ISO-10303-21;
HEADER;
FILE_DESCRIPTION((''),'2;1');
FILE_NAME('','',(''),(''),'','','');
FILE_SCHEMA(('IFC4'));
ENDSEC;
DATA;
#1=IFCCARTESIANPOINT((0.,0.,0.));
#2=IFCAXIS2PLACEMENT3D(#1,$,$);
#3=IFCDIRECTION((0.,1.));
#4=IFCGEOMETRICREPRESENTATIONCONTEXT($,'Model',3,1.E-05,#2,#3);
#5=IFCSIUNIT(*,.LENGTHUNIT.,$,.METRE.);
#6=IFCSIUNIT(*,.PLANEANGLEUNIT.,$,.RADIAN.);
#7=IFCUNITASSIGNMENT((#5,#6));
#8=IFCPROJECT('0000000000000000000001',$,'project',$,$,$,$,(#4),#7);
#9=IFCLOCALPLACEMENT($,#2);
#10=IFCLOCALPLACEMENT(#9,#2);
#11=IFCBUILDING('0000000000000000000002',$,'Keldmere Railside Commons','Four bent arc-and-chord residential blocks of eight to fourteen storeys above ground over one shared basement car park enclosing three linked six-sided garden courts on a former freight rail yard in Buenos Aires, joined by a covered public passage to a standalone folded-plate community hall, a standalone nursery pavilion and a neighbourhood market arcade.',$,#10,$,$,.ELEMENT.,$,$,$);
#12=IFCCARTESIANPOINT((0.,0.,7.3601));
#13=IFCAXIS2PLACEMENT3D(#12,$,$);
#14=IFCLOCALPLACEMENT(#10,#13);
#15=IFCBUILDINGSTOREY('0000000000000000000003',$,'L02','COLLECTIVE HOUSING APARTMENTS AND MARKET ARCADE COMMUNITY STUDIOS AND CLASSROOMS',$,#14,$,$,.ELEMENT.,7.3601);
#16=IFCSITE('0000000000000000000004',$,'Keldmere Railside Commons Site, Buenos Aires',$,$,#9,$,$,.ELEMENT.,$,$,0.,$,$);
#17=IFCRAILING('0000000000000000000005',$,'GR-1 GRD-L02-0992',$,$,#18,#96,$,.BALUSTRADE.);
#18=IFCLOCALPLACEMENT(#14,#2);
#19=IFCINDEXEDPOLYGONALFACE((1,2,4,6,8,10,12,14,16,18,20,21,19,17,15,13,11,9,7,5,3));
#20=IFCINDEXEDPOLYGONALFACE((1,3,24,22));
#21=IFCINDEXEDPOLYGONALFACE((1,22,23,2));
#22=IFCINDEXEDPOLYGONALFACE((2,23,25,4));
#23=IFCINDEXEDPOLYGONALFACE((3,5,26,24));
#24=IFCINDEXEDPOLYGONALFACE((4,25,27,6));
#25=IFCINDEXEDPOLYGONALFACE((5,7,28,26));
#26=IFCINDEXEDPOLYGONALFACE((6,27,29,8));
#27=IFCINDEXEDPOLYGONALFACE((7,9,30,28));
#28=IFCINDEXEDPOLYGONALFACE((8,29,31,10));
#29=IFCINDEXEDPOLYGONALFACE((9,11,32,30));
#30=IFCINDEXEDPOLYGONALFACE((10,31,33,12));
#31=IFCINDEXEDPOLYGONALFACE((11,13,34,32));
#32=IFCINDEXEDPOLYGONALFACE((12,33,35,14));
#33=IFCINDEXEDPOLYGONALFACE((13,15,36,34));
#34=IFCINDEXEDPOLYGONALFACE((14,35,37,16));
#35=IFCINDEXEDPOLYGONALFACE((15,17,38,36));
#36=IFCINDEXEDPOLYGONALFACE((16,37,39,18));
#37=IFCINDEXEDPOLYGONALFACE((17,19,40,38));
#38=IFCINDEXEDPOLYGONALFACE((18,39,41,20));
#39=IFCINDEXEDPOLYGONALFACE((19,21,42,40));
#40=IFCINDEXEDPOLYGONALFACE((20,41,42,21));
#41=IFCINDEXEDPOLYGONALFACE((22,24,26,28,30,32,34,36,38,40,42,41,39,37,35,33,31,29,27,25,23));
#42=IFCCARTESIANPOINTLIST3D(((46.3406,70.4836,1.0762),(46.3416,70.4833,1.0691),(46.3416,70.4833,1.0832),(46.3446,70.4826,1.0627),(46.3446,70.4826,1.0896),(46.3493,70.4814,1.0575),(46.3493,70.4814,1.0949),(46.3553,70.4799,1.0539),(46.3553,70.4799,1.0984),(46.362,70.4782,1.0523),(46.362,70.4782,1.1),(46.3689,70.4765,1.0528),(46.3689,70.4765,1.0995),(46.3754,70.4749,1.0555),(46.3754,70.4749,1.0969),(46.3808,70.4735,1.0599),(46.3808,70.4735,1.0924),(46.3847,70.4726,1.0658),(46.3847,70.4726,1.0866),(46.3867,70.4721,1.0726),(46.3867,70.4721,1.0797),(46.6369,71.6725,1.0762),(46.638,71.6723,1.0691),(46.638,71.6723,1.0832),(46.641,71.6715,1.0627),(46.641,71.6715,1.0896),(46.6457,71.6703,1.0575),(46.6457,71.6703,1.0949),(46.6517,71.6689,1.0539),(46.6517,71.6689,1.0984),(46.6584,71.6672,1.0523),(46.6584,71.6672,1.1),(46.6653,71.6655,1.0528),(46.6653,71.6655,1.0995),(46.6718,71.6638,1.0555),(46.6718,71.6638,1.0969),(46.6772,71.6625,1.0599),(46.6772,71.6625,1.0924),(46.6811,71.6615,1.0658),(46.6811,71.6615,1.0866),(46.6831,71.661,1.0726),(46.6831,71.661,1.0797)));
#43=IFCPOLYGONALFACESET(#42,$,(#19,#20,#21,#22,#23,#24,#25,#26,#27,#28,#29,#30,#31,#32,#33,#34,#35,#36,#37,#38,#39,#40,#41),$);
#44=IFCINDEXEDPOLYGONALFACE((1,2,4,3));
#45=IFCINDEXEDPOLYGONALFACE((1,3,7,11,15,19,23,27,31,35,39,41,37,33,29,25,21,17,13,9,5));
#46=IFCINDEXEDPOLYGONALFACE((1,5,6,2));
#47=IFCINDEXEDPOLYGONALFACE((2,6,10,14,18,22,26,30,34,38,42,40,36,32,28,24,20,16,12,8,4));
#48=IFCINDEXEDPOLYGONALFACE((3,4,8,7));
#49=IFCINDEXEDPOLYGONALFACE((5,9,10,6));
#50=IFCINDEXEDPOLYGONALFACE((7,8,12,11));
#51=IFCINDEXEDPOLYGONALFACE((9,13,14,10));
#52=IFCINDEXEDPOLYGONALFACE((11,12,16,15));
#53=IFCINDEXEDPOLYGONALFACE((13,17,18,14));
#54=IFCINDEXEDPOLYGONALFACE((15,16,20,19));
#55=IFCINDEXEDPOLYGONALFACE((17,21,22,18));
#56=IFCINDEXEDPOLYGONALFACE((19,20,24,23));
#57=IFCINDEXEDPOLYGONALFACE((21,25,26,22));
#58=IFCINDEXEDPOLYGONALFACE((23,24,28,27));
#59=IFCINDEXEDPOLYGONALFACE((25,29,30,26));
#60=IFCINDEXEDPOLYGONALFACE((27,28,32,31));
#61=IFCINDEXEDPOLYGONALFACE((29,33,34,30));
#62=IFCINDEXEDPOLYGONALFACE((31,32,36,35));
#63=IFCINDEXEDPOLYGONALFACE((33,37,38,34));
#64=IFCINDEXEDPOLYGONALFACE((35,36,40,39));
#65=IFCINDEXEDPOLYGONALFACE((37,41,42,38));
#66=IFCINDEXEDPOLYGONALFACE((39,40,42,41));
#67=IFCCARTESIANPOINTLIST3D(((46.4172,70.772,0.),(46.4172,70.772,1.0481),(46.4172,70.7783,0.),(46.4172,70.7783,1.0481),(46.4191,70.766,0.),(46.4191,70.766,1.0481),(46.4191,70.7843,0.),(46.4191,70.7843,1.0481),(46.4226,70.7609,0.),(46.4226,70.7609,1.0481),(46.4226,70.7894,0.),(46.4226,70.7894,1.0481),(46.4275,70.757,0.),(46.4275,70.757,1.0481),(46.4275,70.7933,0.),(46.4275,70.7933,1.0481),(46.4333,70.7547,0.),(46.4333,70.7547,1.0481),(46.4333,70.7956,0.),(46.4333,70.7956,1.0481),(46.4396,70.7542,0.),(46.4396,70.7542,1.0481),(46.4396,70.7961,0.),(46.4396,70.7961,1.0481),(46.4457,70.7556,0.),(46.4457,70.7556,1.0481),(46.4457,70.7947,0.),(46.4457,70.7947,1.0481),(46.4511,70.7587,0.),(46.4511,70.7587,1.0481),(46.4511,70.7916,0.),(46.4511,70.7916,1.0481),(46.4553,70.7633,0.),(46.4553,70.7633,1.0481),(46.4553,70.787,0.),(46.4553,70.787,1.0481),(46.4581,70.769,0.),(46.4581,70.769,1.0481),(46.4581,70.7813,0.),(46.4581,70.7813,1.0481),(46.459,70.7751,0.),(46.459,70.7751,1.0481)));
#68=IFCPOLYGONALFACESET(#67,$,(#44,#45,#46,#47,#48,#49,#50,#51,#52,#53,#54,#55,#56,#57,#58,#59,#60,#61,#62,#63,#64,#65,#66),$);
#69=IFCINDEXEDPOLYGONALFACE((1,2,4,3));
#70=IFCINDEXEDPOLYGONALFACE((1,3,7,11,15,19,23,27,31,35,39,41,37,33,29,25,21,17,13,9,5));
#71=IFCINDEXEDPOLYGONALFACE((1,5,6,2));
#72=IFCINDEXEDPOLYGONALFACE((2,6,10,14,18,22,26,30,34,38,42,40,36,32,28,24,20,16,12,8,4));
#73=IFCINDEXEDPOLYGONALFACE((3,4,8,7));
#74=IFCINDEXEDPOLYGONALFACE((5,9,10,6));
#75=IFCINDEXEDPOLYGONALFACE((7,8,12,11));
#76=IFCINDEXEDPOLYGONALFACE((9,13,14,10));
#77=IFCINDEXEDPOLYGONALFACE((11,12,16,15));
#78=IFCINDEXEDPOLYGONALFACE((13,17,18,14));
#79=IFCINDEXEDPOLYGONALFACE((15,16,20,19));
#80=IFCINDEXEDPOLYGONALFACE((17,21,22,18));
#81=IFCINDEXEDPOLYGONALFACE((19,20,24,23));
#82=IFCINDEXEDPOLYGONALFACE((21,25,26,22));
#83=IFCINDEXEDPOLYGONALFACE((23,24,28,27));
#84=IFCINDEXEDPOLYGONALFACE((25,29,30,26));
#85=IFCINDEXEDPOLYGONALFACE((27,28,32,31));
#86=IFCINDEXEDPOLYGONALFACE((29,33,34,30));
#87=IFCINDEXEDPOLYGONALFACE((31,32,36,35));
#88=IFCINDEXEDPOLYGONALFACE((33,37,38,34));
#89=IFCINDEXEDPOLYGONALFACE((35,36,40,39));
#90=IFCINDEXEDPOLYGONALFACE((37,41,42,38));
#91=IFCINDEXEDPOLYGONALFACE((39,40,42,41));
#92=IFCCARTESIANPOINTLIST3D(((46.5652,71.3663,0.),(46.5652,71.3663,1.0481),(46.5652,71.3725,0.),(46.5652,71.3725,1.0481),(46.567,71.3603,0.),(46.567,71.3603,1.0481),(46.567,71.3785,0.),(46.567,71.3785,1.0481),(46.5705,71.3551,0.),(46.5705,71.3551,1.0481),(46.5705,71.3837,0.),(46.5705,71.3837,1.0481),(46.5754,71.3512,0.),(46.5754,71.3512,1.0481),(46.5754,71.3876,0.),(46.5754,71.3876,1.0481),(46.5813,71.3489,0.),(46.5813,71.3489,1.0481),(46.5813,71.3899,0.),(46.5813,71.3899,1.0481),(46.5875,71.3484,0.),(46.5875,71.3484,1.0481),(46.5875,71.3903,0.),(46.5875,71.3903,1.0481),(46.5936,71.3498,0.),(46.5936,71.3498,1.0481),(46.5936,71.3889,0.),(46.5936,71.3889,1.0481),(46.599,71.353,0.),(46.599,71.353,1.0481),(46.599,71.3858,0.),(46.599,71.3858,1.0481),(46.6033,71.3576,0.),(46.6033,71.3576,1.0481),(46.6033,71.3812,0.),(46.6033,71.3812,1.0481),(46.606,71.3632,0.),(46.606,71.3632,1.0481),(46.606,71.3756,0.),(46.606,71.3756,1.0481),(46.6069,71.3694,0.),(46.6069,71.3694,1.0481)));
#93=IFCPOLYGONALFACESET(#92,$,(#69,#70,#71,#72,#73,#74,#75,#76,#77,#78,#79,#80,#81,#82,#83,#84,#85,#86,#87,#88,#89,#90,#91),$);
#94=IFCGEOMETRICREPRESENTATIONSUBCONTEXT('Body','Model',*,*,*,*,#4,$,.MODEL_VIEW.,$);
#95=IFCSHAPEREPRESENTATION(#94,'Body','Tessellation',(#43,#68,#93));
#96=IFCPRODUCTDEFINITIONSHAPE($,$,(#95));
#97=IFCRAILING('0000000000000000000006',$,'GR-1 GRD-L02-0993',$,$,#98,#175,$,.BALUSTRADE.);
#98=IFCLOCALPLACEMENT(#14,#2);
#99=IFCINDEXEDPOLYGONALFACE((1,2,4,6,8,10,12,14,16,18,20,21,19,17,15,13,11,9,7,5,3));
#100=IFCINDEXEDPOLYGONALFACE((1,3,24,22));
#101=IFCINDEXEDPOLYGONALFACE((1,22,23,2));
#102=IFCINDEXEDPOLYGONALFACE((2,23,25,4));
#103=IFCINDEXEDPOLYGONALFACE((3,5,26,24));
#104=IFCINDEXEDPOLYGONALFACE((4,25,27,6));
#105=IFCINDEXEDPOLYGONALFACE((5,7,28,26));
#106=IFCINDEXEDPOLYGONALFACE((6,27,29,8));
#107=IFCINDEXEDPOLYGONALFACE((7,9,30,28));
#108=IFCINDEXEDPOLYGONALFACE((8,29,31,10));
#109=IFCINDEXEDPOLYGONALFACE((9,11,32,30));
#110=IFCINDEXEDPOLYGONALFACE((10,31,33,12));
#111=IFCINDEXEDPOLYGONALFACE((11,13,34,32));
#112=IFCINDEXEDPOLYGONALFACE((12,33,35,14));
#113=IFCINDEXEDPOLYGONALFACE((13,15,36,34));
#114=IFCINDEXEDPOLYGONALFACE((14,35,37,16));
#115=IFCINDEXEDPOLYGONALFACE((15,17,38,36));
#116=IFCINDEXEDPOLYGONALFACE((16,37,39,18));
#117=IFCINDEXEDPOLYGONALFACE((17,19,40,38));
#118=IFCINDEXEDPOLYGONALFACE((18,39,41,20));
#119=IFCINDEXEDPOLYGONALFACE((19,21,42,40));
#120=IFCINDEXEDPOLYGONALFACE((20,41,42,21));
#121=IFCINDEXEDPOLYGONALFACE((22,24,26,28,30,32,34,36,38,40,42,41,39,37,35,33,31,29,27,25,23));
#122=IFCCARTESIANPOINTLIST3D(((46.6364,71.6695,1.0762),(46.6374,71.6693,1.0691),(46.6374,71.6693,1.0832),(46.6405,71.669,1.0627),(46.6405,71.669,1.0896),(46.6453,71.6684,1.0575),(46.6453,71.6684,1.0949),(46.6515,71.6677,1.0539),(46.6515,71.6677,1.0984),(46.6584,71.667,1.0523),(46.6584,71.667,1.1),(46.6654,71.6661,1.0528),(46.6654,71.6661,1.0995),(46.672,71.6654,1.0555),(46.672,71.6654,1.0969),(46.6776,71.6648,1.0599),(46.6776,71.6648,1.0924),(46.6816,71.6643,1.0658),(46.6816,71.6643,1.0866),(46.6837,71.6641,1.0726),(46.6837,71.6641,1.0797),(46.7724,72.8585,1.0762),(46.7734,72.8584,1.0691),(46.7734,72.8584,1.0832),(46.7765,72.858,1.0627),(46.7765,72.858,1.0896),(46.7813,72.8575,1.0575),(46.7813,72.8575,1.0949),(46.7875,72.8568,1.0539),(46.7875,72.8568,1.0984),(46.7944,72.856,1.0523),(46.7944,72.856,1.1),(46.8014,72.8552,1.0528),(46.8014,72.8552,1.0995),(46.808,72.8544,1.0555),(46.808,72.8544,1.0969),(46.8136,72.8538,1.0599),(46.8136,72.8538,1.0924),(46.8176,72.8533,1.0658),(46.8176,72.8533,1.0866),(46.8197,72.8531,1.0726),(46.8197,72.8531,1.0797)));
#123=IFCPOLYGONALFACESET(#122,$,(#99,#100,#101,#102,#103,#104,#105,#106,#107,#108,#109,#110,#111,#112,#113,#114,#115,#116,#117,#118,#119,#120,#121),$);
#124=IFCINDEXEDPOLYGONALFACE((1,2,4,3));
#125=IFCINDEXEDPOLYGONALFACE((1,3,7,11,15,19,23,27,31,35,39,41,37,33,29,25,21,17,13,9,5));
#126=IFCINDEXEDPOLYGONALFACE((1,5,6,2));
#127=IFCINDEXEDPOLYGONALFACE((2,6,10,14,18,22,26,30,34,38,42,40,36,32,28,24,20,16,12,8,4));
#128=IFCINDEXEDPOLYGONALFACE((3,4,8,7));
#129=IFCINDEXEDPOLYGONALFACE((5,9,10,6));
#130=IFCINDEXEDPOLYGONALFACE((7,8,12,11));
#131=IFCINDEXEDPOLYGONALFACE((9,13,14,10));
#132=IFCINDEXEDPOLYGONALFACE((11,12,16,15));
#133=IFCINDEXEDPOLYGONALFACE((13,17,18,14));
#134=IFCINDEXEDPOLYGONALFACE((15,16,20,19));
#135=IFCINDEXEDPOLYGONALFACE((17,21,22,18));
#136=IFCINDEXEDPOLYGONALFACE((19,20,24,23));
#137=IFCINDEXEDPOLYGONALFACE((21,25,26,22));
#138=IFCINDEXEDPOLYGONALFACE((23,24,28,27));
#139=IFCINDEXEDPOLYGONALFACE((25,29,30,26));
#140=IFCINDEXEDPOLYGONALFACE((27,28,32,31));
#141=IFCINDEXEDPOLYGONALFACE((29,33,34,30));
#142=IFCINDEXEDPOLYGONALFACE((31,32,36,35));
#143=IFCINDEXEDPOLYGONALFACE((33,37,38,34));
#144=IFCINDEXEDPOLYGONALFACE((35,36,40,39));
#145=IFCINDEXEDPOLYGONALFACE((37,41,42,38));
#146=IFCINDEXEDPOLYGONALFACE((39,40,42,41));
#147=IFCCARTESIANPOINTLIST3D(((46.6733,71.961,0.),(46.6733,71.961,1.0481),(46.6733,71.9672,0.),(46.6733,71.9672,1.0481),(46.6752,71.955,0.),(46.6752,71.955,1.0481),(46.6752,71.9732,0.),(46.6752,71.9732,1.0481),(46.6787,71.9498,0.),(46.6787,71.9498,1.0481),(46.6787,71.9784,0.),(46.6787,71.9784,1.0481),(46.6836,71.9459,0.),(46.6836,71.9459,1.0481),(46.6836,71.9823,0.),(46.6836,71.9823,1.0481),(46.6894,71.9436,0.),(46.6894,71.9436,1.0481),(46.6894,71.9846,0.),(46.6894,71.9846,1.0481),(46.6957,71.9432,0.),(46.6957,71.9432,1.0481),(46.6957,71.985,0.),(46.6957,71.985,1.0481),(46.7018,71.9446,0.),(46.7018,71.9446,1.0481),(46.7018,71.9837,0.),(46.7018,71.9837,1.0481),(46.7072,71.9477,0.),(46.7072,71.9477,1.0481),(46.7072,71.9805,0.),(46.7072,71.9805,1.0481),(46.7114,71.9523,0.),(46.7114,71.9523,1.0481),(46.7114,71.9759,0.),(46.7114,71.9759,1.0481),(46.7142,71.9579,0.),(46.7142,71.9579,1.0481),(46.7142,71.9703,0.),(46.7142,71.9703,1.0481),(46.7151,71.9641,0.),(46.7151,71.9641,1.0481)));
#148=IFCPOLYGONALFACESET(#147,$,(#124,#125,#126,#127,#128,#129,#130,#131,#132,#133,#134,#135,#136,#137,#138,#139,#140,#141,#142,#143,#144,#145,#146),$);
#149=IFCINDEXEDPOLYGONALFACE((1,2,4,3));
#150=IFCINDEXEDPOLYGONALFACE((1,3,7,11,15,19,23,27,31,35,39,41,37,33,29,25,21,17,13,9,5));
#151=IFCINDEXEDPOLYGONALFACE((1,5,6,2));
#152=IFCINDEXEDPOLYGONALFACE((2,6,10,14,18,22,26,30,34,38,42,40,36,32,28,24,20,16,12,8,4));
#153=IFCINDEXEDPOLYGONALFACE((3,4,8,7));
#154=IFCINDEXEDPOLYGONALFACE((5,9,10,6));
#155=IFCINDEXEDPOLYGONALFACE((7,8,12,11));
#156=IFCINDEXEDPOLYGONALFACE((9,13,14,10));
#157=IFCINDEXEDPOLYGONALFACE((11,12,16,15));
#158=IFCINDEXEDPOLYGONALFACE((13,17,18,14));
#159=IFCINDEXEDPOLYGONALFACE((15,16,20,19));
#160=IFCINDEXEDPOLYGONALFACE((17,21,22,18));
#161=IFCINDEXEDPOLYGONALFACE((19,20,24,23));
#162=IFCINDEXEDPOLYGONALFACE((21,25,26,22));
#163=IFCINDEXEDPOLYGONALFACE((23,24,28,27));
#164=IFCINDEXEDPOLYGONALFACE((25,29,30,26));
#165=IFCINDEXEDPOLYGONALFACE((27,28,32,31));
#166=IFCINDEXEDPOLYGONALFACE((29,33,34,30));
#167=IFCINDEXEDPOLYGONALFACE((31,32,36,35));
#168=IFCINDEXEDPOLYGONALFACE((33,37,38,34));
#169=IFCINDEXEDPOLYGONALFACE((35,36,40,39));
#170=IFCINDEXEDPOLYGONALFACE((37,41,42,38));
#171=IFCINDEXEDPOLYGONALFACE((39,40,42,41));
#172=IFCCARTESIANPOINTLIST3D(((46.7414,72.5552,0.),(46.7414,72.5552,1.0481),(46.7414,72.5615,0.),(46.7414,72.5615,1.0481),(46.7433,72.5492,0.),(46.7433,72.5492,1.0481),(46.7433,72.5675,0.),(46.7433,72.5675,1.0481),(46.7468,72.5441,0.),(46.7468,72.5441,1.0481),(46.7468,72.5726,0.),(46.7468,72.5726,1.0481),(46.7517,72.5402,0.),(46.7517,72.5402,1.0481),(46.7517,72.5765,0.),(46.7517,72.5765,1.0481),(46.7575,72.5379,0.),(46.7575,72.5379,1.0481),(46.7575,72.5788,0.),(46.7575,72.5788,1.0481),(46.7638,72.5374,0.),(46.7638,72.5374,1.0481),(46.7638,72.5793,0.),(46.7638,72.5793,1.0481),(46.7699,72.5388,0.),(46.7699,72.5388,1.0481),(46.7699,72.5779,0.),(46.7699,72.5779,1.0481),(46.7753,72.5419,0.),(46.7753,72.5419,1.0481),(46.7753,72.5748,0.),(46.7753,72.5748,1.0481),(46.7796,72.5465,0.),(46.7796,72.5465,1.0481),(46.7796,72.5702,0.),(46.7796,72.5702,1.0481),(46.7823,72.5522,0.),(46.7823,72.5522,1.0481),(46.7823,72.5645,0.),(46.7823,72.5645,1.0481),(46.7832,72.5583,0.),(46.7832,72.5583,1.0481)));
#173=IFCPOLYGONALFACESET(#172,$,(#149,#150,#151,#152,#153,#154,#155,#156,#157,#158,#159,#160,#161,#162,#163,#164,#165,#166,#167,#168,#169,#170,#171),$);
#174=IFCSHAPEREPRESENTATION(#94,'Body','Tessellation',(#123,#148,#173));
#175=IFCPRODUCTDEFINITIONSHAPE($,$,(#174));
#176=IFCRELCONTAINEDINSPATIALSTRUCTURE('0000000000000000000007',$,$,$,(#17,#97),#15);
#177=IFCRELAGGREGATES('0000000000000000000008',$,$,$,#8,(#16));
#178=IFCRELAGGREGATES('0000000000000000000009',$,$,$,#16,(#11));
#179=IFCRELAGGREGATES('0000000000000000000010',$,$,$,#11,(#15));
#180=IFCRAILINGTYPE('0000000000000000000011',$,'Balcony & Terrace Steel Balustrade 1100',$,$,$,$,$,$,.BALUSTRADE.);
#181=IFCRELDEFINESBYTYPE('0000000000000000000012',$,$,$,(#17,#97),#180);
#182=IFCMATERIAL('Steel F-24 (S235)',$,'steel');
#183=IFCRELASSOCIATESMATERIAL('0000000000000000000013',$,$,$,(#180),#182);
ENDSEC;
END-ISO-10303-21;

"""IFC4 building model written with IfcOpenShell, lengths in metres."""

from ifc_helpers import new_model, si_unit, direction, frame, origin, origin_2d, place, context, subcontext, project, spatial, circle, extrude, material, type_object, element, save


model = new_model("IFC4")

# Units and contexts
model_context = context("Model", 3, precision=1e-05, world=origin(), true_north=direction((0.0, 1.0)))
body_context = subcontext(model_context, "Body", "Model", "MODEL_VIEW")
ifc_project = project(units=[si_unit("LENGTHUNIT", "METRE"), si_unit("PLANEANGLEUNIT", "RADIAN")], contexts=[model_context])

# Site, building, storey
site_placement = place(None, origin())
site = spatial("IfcSite", under=ifc_project, at=site_placement, Name="Keldmere Railside Commons Site, Buenos Aires", CompositionType="ELEMENT", RefElevation=0.0)
building_placement = place(site_placement, origin())
building = spatial("IfcBuilding", under=site, at=building_placement, Name="Keldmere Railside Commons", Description="Four bent arc-and-chord residential blocks of eight to fourteen storeys above ground over one shared basement car park enclosing three linked six-sided garden courts on a former freight rail yard in Buenos Aires, joined by a covered public passage to a standalone folded-plate community hall, a standalone nursery pavilion and a neighbourhood market arcade.", CompositionType="ELEMENT")
storey_placement = place(building_placement, frame((0.0, 0.0, 7.3601)))
storey = spatial("IfcBuildingStorey", under=building, at=storey_placement, Name="L02", Description="COLLECTIVE HOUSING APARTMENTS AND MARKET ARCADE COMMUNITY STUDIOS AND CLASSROOMS", CompositionType="ELEMENT", Elevation=7.3601)

# Shared definitions
ifc_material_1 = material(Name="Steel F-24 (S235)", Category="steel")

# Railings
railing_type_1 = type_object("IfcRailingType", Name="Balcony & Terrace Steel Balustrade 1100", PredefinedType="BALUSTRADE", material=ifc_material_1)
railing_1_placement = place(storey_placement, frame((46.3638, 70.4778, 0.0)))
element("IfcRailing", 1, at=railing_1_placement, inside=storey, type_object=railing_type_1, Name="GR-1 GRD-L02-0992", PredefinedType="BALUSTRADE", context=body_context, shape_type="SweptSolid", body=[
    extrude(circle(Radius=0.0239, at=origin_2d()), frame((0.0, 0.0, 1.0762), z_axis=(0.241879, 0.970306, 0.0), x_axis=(-0.970306, 0.241879, 0.0)), (0.0, 0.0, 1.0), 1.2253),
    extrude(circle(Radius=0.021, at=origin_2d()), frame((0.0742, 0.2974, 0.0)), (0.0, 0.0, 1.0), 1.0481),
    extrude(circle(Radius=0.021, at=origin_2d()), frame((0.2222, 0.8916, 0.0)), (0.0, 0.0, 1.0), 1.0481),
])
railing_2_placement = place(storey_placement, frame((46.6602, 71.6667, 0.0)))
element("IfcRailing", 2, at=railing_2_placement, inside=storey, type_object=railing_type_1, Name="GR-1 GRD-L02-0993", PredefinedType="BALUSTRADE", context=body_context, shape_type="SweptSolid", body=[
    extrude(circle(Radius=0.0239, at=origin_2d()), frame((0.0, 0.0, 1.0762), z_axis=(0.113633, 0.993523, 0.0), x_axis=(-0.993523, 0.113633, 0.0)), (0.0, 0.0, 1.0), 1.1968),
    extrude(circle(Radius=0.021, at=origin_2d()), frame((0.0339, 0.2974, 0.0)), (0.0, 0.0, 1.0), 1.0481),
    extrude(circle(Radius=0.021, at=origin_2d()), frame((0.1021, 0.8916, 0.0)), (0.0, 0.0, 1.0), 1.0481),
])

save(model, "model.ifc")
